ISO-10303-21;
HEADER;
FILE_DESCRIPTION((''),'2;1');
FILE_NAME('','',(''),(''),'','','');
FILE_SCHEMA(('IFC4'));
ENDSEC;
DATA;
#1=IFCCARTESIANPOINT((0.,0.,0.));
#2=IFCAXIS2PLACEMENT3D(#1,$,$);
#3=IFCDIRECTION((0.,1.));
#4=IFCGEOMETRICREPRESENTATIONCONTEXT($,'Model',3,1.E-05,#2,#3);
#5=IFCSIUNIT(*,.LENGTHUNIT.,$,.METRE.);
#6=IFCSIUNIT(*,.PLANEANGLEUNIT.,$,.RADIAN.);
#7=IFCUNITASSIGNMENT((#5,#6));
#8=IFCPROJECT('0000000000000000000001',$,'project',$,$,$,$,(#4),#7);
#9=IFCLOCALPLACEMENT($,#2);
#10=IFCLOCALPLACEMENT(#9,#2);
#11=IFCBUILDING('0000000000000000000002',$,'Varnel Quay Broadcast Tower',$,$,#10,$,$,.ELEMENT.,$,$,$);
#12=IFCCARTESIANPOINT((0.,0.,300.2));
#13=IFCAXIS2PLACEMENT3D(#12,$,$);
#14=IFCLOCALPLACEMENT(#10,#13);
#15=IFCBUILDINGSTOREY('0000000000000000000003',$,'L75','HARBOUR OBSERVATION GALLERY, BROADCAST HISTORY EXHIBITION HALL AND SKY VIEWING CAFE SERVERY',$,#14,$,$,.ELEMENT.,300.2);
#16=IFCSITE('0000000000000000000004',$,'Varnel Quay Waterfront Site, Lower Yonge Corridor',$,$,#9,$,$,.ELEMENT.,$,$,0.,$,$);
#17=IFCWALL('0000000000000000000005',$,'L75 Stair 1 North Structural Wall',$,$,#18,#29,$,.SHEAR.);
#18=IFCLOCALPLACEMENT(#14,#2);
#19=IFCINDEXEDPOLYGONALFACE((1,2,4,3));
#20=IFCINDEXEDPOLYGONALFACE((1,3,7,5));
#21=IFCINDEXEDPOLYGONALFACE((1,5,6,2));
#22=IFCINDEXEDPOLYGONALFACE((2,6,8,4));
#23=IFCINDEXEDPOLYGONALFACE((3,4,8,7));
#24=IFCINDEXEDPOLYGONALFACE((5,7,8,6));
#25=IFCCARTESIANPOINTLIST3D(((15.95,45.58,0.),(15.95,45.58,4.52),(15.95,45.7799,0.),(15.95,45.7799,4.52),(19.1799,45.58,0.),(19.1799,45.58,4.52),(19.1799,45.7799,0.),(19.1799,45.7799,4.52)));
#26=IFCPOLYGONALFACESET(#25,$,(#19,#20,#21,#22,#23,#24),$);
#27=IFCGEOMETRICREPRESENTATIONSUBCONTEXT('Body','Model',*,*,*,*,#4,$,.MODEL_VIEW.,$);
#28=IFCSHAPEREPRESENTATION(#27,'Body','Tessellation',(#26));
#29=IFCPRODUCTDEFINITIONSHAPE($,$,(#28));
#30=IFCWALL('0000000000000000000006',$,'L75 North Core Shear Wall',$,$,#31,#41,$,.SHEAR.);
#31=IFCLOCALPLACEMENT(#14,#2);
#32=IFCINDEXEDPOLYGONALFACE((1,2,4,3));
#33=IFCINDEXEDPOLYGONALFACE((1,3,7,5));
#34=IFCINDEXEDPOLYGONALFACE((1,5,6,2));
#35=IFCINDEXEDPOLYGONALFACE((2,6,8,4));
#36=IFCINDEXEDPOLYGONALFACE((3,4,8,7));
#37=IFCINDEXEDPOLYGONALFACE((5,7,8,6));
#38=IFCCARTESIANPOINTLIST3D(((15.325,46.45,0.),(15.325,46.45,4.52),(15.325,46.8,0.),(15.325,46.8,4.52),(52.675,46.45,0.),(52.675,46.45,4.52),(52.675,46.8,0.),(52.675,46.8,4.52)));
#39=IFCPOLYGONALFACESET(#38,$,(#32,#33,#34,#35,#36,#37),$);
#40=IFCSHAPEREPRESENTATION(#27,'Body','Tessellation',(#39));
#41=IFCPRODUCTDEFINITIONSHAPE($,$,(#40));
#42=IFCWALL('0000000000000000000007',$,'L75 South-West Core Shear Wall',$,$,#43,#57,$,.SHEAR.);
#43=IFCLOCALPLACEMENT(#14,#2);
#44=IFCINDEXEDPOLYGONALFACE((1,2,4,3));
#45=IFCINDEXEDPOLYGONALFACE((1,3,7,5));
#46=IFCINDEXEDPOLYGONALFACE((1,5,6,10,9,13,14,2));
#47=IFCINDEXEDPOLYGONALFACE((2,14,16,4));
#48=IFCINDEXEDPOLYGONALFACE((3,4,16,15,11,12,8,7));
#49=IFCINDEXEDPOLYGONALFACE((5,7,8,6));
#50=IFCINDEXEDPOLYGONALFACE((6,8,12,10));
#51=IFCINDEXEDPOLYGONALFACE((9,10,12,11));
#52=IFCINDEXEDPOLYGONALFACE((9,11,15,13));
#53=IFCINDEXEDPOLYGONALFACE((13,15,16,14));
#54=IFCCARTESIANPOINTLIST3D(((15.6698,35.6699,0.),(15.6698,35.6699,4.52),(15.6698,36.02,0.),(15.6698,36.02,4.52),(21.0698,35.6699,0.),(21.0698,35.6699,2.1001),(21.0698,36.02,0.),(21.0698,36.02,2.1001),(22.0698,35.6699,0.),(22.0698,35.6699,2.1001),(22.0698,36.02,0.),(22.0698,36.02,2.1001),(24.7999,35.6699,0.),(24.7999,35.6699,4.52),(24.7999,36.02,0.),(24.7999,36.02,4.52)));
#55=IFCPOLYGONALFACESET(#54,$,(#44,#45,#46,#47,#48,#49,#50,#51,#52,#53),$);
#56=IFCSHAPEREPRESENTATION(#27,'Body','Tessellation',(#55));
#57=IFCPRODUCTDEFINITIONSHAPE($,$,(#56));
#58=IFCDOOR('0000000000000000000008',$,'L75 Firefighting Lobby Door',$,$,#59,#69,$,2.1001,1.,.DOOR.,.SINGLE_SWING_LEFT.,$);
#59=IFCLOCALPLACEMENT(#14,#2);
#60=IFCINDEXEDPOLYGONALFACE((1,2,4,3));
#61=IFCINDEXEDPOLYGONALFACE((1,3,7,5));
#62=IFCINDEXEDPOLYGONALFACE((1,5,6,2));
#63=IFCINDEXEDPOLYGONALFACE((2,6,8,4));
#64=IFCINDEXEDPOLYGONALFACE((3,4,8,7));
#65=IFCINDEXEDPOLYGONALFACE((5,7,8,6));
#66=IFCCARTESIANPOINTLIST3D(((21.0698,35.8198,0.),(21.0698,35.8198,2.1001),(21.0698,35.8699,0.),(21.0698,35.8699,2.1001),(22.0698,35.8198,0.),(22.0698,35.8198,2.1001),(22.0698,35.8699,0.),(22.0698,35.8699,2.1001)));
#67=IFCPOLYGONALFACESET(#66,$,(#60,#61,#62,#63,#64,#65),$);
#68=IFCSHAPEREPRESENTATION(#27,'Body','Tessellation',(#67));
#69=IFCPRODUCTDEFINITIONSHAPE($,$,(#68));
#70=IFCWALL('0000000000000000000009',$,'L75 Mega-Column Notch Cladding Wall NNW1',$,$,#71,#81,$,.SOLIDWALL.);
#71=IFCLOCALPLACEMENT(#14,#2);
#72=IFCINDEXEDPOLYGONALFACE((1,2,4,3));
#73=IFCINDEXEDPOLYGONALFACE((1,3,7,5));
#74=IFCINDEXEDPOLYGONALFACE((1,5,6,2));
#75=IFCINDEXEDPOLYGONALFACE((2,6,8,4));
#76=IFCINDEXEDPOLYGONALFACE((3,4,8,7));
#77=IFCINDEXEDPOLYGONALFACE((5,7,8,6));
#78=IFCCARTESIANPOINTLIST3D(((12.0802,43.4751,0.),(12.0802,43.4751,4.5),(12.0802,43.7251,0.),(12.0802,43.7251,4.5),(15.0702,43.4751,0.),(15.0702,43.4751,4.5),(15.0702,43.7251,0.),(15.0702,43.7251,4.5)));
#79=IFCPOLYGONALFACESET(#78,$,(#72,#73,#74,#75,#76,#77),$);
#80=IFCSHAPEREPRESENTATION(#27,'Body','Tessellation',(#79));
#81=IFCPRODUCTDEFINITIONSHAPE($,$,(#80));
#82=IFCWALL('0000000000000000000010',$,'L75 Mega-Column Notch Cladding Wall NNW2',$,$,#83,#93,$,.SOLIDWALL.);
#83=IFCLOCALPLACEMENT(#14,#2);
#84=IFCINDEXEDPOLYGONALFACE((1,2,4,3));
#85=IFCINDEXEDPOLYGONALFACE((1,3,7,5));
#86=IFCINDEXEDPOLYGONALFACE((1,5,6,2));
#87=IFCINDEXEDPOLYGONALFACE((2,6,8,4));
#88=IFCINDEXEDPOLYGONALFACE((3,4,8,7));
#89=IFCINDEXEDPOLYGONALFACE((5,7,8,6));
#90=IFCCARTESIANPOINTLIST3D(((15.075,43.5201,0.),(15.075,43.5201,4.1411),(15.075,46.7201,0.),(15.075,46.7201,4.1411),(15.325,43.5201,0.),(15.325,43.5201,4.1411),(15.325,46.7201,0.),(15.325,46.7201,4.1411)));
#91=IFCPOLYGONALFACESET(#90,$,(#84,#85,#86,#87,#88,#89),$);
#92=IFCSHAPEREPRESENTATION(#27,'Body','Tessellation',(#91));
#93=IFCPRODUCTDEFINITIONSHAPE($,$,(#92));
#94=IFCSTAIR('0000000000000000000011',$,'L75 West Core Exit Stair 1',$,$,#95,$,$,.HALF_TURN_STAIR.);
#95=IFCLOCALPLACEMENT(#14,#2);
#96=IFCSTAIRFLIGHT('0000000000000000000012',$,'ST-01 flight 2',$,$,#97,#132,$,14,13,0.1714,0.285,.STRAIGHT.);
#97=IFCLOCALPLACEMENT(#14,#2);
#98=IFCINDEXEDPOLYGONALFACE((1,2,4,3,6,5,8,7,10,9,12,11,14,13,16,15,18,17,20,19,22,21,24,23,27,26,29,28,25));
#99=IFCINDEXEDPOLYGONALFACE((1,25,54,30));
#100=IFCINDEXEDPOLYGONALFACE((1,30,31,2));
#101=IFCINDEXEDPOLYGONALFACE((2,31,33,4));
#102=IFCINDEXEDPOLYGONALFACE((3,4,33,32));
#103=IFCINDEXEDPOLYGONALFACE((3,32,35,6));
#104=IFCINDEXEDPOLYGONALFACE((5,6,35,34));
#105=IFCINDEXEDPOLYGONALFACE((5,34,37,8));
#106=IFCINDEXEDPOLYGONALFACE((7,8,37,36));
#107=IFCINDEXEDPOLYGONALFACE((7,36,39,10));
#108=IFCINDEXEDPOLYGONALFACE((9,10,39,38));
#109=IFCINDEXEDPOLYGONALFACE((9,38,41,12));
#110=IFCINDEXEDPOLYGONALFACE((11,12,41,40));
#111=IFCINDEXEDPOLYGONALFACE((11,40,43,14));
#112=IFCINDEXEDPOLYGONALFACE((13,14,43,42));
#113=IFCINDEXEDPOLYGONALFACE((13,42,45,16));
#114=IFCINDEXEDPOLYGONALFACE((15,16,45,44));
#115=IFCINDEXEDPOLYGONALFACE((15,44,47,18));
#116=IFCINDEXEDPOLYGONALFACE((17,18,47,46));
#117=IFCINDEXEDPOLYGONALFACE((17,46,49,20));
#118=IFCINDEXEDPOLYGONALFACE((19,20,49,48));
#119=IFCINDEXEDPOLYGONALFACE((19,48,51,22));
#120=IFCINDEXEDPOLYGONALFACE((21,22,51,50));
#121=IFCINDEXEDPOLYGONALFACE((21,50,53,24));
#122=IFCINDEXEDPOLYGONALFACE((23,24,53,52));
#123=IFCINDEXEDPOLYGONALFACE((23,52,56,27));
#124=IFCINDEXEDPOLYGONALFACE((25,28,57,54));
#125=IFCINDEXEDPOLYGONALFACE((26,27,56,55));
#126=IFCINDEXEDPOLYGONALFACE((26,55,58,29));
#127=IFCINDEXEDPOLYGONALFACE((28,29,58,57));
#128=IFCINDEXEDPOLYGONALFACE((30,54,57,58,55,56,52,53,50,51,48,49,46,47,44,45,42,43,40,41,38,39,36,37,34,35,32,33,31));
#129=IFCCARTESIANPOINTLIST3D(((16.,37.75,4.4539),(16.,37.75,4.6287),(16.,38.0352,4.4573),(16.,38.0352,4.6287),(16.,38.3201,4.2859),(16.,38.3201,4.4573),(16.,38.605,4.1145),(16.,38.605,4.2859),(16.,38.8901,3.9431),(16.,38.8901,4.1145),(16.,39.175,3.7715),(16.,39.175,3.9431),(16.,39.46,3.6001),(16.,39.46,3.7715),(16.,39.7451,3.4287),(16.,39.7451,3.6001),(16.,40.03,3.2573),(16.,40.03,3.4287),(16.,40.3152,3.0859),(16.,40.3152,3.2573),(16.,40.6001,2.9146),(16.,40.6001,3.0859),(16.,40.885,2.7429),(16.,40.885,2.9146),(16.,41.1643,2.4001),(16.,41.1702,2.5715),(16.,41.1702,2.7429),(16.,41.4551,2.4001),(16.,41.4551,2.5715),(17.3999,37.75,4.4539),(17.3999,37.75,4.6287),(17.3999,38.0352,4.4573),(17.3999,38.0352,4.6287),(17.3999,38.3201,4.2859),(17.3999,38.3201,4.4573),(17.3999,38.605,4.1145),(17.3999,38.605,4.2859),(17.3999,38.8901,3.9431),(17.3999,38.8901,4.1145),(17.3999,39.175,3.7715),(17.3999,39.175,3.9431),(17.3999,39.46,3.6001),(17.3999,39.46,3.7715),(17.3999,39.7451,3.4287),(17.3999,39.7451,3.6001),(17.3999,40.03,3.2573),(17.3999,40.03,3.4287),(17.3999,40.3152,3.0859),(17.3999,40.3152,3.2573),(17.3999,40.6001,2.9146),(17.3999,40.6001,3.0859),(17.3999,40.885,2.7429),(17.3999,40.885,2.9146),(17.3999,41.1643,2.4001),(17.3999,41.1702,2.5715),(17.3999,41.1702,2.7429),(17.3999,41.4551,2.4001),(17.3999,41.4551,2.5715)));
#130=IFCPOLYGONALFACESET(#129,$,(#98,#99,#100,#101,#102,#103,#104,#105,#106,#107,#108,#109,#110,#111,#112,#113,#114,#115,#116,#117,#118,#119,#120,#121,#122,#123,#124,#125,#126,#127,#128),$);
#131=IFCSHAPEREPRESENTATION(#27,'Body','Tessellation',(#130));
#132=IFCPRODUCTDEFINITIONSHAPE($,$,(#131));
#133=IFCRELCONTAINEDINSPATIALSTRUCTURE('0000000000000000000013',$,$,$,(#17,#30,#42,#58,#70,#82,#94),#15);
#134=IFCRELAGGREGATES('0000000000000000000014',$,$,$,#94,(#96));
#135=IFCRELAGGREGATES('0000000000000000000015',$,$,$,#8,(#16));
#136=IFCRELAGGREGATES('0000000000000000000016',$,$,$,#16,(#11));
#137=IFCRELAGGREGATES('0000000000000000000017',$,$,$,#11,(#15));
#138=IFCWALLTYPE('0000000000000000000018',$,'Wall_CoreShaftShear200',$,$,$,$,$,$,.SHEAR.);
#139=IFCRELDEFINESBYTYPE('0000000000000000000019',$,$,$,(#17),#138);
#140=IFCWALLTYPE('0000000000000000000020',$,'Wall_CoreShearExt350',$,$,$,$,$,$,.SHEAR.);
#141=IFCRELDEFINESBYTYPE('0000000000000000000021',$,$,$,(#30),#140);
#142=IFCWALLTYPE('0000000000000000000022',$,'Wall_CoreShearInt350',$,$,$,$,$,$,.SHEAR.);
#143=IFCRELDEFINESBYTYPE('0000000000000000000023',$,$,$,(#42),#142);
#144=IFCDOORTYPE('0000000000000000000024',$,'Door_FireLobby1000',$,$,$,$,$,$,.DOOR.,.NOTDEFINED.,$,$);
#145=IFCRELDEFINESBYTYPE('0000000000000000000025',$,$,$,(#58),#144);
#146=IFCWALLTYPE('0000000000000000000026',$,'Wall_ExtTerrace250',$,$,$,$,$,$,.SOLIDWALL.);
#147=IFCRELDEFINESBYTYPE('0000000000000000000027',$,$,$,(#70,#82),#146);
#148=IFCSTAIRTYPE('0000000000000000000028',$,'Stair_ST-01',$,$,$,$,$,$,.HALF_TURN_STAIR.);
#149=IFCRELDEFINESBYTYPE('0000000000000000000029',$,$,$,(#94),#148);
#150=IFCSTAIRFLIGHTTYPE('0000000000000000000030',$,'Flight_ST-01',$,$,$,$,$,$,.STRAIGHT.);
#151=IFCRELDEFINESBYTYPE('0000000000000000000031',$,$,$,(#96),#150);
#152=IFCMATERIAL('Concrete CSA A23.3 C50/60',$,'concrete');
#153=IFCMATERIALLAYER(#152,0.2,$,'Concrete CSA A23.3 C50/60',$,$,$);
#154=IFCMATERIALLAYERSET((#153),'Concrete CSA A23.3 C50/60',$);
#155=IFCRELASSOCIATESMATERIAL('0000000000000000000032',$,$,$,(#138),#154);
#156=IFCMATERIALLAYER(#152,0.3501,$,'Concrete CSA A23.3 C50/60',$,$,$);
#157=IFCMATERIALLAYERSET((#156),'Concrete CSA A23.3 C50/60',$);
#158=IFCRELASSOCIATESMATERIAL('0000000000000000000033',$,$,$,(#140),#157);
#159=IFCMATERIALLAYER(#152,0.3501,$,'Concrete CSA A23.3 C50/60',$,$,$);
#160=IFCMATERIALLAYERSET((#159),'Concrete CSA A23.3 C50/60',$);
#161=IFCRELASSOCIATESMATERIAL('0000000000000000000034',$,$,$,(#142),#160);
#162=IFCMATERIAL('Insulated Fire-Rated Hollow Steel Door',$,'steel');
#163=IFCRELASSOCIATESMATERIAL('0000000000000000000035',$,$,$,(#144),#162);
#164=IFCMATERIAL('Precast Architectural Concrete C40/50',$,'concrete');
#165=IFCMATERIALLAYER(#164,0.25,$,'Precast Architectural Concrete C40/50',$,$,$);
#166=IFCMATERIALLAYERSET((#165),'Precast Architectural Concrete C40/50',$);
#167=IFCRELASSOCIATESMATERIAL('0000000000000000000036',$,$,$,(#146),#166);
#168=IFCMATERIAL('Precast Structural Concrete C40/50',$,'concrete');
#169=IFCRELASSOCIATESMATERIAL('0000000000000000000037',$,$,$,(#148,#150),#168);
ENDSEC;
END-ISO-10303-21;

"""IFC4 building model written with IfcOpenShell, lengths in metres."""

from ifc_helpers import new_model, si_unit, direction, frame, frame_2d, origin, place, context, subcontext, project, spatial, polyline, rectangle, outline, extrude, source, transform, mapped, material, layer, layer_set, type_object, type_shapes, element, fill, aggregate, save


model = new_model("IFC4")

# Units and contexts
model_context = context("Model", 3, precision=1e-05, world=origin(), true_north=direction((0.0, 1.0)))
body_context = subcontext(model_context, "Body", "Model", "MODEL_VIEW")
ifc_project = project(units=[si_unit("LENGTHUNIT", "METRE"), si_unit("PLANEANGLEUNIT", "RADIAN")], contexts=[model_context])

# Site, building, storey
site_placement = place(None, origin())
site = spatial("IfcSite", under=ifc_project, at=site_placement, Name="Varnel Quay Waterfront Site, Lower Yonge Corridor", CompositionType="ELEMENT", RefElevation=0.0)
building_placement = place(site_placement, origin())
building = spatial("IfcBuilding", under=site, at=building_placement, Name="Varnel Quay Broadcast Tower", CompositionType="ELEMENT")
storey_placement = place(building_placement, frame((0.0, 0.0, 300.2)))
storey = spatial("IfcBuildingStorey", under=building, at=storey_placement, Name="L75", Description="HARBOUR OBSERVATION GALLERY, BROADCAST HISTORY EXHIBITION HALL AND SKY VIEWING CAFE SERVERY", CompositionType="ELEMENT", Elevation=300.2)

# Walls
ifc_material_1 = material(Name="Concrete CSA A23.3 C50/60", Category="concrete")
ifc_layer_1 = layer(ifc_material_1, 0.2, Name="Concrete CSA A23.3 C50/60")
ifc_layer_set_1 = layer_set([ifc_layer_1], Name="Concrete CSA A23.3 C50/60")
wall_type_1 = type_object("IfcWallType", Name="Wall_CoreShaftShear200", PredefinedType="SHEAR", material=ifc_layer_set_1)
wall_1_placement = place(storey_placement, frame((15.95, 45.6799, 0.0), z_axis=(0.0, 0.0, 1.0), x_axis=(1.0, 0.0, 0.0)))
element("IfcWall", 1, at=wall_1_placement, inside=storey, type_object=wall_type_1, Name="L75 Stair 1 North Structural Wall", PredefinedType="SHEAR", context=body_context, shape_type="SweptSolid", body=[
    extrude(rectangle(XDim=3.23, YDim=0.2, at=frame_2d((1.615, 0.0))), origin(), (0.0, 0.0, 1.0), 4.52),
])
ifc_layer_2 = layer(ifc_material_1, 0.3501, Name="Concrete CSA A23.3 C50/60")
ifc_layer_set_2 = layer_set([ifc_layer_2], Name="Concrete CSA A23.3 C50/60")
wall_type_2 = type_object("IfcWallType", Name="Wall_CoreShearExt350", PredefinedType="SHEAR", material=ifc_layer_set_2)
wall_2_placement = place(storey_placement, frame((15.325, 46.625, 0.0), z_axis=(0.0, 0.0, 1.0), x_axis=(1.0, 0.0, 0.0)))
element("IfcWall", 2, at=wall_2_placement, inside=storey, type_object=wall_type_2, Name="L75 North Core Shear Wall", PredefinedType="SHEAR", context=body_context, shape_type="SweptSolid", body=[
    extrude(rectangle(XDim=37.3501, YDim=0.3501, at=frame_2d((18.675, 0.0))), origin(), (0.0, 0.0, 1.0), 4.52),
])

# Wall, opening, door
ifc_layer_3 = layer(ifc_material_1, 0.3501, Name="Concrete CSA A23.3 C50/60")
ifc_layer_set_3 = layer_set([ifc_layer_3], Name="Concrete CSA A23.3 C50/60")
wall_type_3 = type_object("IfcWallType", Name="Wall_CoreShearInt350", PredefinedType="SHEAR", material=ifc_layer_set_3)
wall_3_placement = place(storey_placement, frame((15.6699, 35.845, 0.0), z_axis=(0.0, 0.0, 1.0), x_axis=(1.0, 0.0, 0.0)))
wall_3 = element("IfcWall", 3, at=wall_3_placement, inside=storey, type_object=wall_type_3, Name="L75 South-West Core Shear Wall", PredefinedType="SHEAR", context=body_context, shape_type="SweptSolid", body=[
    extrude(rectangle(XDim=9.1301, YDim=0.3501, at=frame_2d((4.5649, 0.0))), origin(), (0.0, 0.0, 1.0), 4.52),
])
opening_placement = place(wall_3_placement, frame((5.3999, 0.0, 0.0)))
opening = element("IfcOpeningElement", 4, at=opening_placement, cuts=wall_3, PredefinedType="OPENING", context=body_context, shape_type="SweptSolid", body=[
    extrude(rectangle(XDim=1.0, YDim=2.1001, at=frame_2d((0.5, 1.05))), frame((0.0, 0.1851, 0.0), z_axis=(0.0, -1.0, 0.0), x_axis=(1.0, 0.0, 0.0)), (0.0, 0.0, 1.0), 0.3701),
])
ifc_material_2 = material(Name="Insulated Fire-Rated Hollow Steel Door", Category="steel")
door_type = type_object("IfcDoorType", Name="Door_FireLobby1000", OperationType="NOTDEFINED", PredefinedType="DOOR", material=ifc_material_2)
shared_shape_1 = source(origin(), body_context, "Body", "SweptSolid", [
    extrude(rectangle(XDim=1.0, YDim=2.1001, at=frame_2d((0.5, 1.05))), frame((0.0, 0.0249, 0.0), z_axis=(0.0, -1.0, 0.0), x_axis=(1.0, 0.0, 0.0)), (0.0, 0.0, 1.0), 0.05),
])
type_shapes(door_type, [shared_shape_1])
door_placement = place(opening_placement, origin())
door = element("IfcDoor", 5, at=door_placement, inside=storey, type_object=door_type, Name="L75 Firefighting Lobby Door", OperationType="SINGLE_SWING_LEFT", OverallHeight=2.1001, OverallWidth=1.0, PredefinedType="DOOR", context=body_context, shape_type="MappedRepresentation", body=[
    mapped(shared_shape_1, transform((0.0, 0.0, 0.0), x_axis=(1.0, 0.0, 0.0), y_axis=(0.0, 1.0, 0.0), z_axis=(0.0, 0.0, 1.0), scale=1.0)),
])
fill(opening, door)

# Walls
ifc_material_3 = material(Name="Precast Architectural Concrete C40/50", Category="concrete")
ifc_layer_4 = layer(ifc_material_3, 0.25, Name="Precast Architectural Concrete C40/50")
ifc_layer_set_4 = layer_set([ifc_layer_4], Name="Precast Architectural Concrete C40/50")
wall_type_4 = type_object("IfcWallType", Name="Wall_ExtTerrace250", PredefinedType="SOLIDWALL", material=ifc_layer_set_4)
wall_4_placement = place(storey_placement, frame((12.0801, 43.6001, 0.0), z_axis=(0.0, 0.0, 1.0), x_axis=(1.0, 0.0, 0.0)))
element("IfcWall", 6, at=wall_4_placement, inside=storey, type_object=wall_type_4, Name="L75 Mega-Column Notch Cladding Wall NNW1", PredefinedType="SOLIDWALL", context=body_context, shape_type="SweptSolid", body=[
    extrude(rectangle(XDim=2.99, YDim=0.25, at=frame_2d((1.4951, 0.0))), origin(), (0.0, 0.0, 1.0), 4.5),
])
wall_5_placement = place(storey_placement, frame((15.2, 43.52, 0.0), z_axis=(0.0, 0.0, 1.0), x_axis=(0.0, 1.0, 0.0)))
element("IfcWall", 7, at=wall_5_placement, inside=storey, type_object=wall_type_4, Name="L75 Mega-Column Notch Cladding Wall NNW2", PredefinedType="SOLIDWALL", context=body_context, shape_type="SweptSolid", body=[
    extrude(rectangle(XDim=3.2, YDim=0.25, at=frame_2d((1.6001, 0.0))), origin(), (0.0, 0.0, 1.0), 4.1411),
])

# Stair, stair flight
ifc_material_4 = material(Name="Precast Structural Concrete C40/50", Category="concrete")
stair_type = type_object("IfcStairType", Name="Stair_ST-01", PredefinedType="HALF_TURN_STAIR", material=ifc_material_4)
stair_placement = place(storey_placement, origin())
stair = element("IfcStair", 8, at=stair_placement, inside=storey, type_object=stair_type, Name="L75 West Core Exit Stair 1", PredefinedType="HALF_TURN_STAIR")
stair_flight_type = type_object("IfcStairFlightType", Name="Flight_ST-01", PredefinedType="STRAIGHT", material=ifc_material_4)
stair_flight_placement = place(storey_placement, frame((16.7, 41.4551, 2.4001), z_axis=(0.0, 0.0, 1.0), x_axis=(0.0, -1.0, 0.0)))
stair_flight = element("IfcStairFlight", 9, at=stair_flight_placement, type_object=stair_flight_type, Name="ST-01 flight 2", NumberOfRisers=14, NumberOfTreads=13, PredefinedType="STRAIGHT", RiserHeight=0.1714, TreadLength=0.285, context=body_context, shape_type="SweptSolid", body=[
    extrude(outline(polyline([(0.0, 0.0), (0.0, 0.1714), (0.2849, 0.1714), (0.2849, 0.3428), (0.5701, 0.3428), (0.5701, 0.5144), (0.855, 0.5144), (0.855, 0.6858), (1.1399, 0.6858), (1.1399, 0.8572), (1.425, 0.8572), (1.425, 1.0286), (1.71, 1.0286), (1.71, 1.2), (1.9951, 1.2), (1.9951, 1.3713), (2.28, 1.3713), (2.28, 1.543), (2.5649, 1.543), (2.5649, 1.7144), (2.8501, 1.7144), (2.8501, 1.8857), (3.135, 1.8857), (3.135, 2.0571), (3.4199, 2.0571), (3.4199, 2.2285), (3.7051, 2.2285), (3.7051, 2.3999), (3.7051, 2.0537), (0.2908, 0.0), (0.0, 0.0)])), frame((0.0, 0.7, 0.0), z_axis=(0.0, -1.0, 0.0), x_axis=(1.0, 0.0, 0.0)), (0.0, 0.0, 1.0), 1.3999),
])
aggregate(stair, [stair_flight])

save(model, "model.ifc")
